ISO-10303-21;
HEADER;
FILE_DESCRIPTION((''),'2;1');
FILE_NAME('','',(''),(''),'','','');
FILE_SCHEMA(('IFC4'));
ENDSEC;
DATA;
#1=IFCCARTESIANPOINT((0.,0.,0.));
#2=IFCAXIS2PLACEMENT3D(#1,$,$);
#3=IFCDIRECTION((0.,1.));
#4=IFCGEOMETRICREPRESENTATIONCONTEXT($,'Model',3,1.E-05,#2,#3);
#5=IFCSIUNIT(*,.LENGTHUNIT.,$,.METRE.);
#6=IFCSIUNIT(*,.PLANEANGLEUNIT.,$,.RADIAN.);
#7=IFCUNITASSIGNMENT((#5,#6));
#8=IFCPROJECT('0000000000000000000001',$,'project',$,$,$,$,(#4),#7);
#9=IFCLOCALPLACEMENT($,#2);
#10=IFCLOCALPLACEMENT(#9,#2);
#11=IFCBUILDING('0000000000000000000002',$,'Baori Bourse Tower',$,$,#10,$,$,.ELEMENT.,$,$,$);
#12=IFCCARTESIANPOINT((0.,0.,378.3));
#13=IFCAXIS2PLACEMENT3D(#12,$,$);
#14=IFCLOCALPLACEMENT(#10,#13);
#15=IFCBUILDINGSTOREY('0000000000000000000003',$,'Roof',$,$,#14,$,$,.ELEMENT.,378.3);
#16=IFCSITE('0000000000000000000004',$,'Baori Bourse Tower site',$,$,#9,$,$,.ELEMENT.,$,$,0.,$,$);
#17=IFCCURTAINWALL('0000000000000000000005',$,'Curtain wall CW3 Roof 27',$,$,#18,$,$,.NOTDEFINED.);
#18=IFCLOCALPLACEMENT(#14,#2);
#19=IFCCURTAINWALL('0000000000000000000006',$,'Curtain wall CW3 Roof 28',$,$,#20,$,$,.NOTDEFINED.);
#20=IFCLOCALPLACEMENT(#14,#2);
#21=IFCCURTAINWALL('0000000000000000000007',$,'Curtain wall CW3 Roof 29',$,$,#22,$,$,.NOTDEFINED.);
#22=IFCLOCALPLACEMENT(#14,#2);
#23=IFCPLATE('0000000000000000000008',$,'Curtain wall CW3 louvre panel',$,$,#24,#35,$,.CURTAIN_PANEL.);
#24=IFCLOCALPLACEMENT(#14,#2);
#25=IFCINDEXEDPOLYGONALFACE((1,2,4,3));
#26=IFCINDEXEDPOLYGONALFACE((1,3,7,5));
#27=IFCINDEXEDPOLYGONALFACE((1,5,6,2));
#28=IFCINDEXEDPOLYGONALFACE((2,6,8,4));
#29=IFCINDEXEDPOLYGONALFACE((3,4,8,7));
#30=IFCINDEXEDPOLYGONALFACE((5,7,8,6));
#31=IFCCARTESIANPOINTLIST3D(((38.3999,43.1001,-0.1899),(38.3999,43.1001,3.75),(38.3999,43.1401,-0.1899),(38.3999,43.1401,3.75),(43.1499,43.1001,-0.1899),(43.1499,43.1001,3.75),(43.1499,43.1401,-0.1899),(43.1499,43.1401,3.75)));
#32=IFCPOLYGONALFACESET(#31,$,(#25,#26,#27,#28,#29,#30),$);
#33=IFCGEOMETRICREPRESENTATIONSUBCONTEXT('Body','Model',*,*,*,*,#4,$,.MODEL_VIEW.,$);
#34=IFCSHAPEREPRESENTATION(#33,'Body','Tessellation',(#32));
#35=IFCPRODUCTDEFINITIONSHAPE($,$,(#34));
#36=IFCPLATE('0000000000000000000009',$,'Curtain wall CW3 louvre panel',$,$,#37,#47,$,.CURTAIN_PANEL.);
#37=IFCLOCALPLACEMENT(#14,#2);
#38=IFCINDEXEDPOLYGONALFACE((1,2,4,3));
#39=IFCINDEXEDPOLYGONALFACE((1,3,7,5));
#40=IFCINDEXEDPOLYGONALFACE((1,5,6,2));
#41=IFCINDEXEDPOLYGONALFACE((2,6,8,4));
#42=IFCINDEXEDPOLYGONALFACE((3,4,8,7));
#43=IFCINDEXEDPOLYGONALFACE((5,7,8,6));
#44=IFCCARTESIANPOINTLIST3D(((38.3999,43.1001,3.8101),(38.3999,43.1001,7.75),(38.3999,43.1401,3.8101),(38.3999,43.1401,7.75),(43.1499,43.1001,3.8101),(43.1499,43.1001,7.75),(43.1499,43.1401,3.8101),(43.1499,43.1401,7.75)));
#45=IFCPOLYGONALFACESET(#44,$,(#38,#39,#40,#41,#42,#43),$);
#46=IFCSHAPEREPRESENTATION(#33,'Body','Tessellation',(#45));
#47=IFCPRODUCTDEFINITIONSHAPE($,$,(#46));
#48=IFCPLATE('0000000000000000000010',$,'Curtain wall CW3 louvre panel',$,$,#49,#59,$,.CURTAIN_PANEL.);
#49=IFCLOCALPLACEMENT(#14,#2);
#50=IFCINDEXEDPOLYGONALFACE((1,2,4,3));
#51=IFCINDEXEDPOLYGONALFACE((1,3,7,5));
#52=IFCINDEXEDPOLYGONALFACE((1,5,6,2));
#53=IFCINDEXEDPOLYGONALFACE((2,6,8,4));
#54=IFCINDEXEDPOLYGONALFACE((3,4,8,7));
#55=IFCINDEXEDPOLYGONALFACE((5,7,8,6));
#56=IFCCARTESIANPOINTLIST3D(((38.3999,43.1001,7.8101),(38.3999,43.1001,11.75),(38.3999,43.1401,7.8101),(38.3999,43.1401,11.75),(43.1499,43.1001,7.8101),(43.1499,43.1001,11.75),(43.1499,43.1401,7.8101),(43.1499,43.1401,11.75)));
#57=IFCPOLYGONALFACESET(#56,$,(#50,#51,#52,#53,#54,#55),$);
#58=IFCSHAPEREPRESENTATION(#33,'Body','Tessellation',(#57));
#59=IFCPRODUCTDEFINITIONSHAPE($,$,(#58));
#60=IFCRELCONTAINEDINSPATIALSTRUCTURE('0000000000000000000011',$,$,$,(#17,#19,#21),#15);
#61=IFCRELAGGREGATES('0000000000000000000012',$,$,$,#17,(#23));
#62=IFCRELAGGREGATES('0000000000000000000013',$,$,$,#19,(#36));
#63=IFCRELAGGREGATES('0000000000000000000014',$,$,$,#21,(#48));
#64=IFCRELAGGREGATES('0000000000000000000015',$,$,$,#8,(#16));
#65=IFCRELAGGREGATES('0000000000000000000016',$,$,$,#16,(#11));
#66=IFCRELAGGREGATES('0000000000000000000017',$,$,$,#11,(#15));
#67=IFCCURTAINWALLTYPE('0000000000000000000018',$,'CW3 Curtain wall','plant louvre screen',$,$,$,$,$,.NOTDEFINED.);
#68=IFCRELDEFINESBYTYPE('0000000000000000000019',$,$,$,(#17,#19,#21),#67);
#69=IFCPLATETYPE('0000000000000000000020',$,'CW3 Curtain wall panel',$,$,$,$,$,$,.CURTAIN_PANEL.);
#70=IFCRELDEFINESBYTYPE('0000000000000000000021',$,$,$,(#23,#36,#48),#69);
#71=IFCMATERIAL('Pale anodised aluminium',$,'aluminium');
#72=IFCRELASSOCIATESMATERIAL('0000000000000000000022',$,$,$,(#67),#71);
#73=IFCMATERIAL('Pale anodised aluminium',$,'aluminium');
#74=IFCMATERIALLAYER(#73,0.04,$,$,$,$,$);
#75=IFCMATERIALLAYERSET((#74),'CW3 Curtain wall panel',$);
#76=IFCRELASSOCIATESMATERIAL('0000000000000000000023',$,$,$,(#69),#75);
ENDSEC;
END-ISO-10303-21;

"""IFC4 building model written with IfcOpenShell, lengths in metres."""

from ifc_helpers import new_model, si_unit, direction, frame, origin, origin_2d, place, context, subcontext, project, spatial, rectangle, extrude, material, layer, layer_set, type_object, element, aggregate, save


model = new_model("IFC4")

# Units and contexts
model_context = context("Model", 3, precision=1e-05, world=origin(), true_north=direction((0.0, 1.0)))
body_context = subcontext(model_context, "Body", "Model", "MODEL_VIEW")
ifc_project = project(units=[si_unit("LENGTHUNIT", "METRE"), si_unit("PLANEANGLEUNIT", "RADIAN")], contexts=[model_context])

# Site, building, storey
site_placement = place(None, origin())
site = spatial("IfcSite", under=ifc_project, at=site_placement, Name="Baori Bourse Tower site", CompositionType="ELEMENT", RefElevation=0.0)
building_placement = place(site_placement, origin())
building = spatial("IfcBuilding", under=site, at=building_placement, Name="Baori Bourse Tower", CompositionType="ELEMENT")
storey_placement = place(building_placement, frame((0.0, 0.0, 378.3)))
storey = spatial("IfcBuildingStorey", under=building, at=storey_placement, Name="Roof", CompositionType="ELEMENT", Elevation=378.3)

# Curtain walls
ifc_material_1 = material(Name="Pale anodised aluminium", Category="aluminium")
curtain_wall_type = type_object("IfcCurtainWallType", Name="CW3 Curtain wall", Description="plant louvre screen", PredefinedType="NOTDEFINED", material=ifc_material_1)
curtain_wall_1_placement = place(storey_placement, origin())
curtain_wall_1 = element("IfcCurtainWall", 1, at=curtain_wall_1_placement, inside=storey, type_object=curtain_wall_type, Name="Curtain wall CW3 Roof 27", PredefinedType="NOTDEFINED")
curtain_wall_2_placement = place(storey_placement, origin())
curtain_wall_2 = element("IfcCurtainWall", 2, at=curtain_wall_2_placement, inside=storey, type_object=curtain_wall_type, Name="Curtain wall CW3 Roof 28", PredefinedType="NOTDEFINED")
curtain_wall_3_placement = place(storey_placement, origin())
curtain_wall_3 = element("IfcCurtainWall", 3, at=curtain_wall_3_placement, inside=storey, type_object=curtain_wall_type, Name="Curtain wall CW3 Roof 29", PredefinedType="NOTDEFINED")

# Shared definitions
ifc_material_2 = material(Name="Pale anodised aluminium", Category="aluminium")
ifc_layer = layer(ifc_material_2, 0.04)
ifc_layer_set = layer_set([ifc_layer], Name="CW3 Curtain wall panel")
plate_type = type_object("IfcPlateType", Name="CW3 Curtain wall panel", PredefinedType="CURTAIN_PANEL", material=ifc_layer_set)

# Plates
plate_1_placement = place(storey_placement, frame((40.7749, 43.1201, -0.1899), z_axis=(0.0, 0.0, 1.0), x_axis=(-1.0, 0.0, 0.0)))
plate_1 = element("IfcPlate", 4, at=plate_1_placement, type_object=plate_type, Name="Curtain wall CW3 louvre panel", PredefinedType="CURTAIN_PANEL", context=body_context, shape_type="SweptSolid", body=[
    extrude(rectangle(XDim=4.75, YDim=0.04, at=origin_2d()), origin(), (0.0, 0.0, 1.0), 3.9399),
])
aggregate(curtain_wall_1, [plate_1])
plate_2_placement = place(storey_placement, frame((40.7749, 43.1201, 3.8101), z_axis=(0.0, 0.0, 1.0), x_axis=(-1.0, 0.0, 0.0)))
plate_2 = element("IfcPlate", 5, at=plate_2_placement, type_object=plate_type, Name="Curtain wall CW3 louvre panel", PredefinedType="CURTAIN_PANEL", context=body_context, shape_type="SweptSolid", body=[
    extrude(rectangle(XDim=4.75, YDim=0.04, at=origin_2d()), origin(), (0.0, 0.0, 1.0), 3.9399),
])
aggregate(curtain_wall_2, [plate_2])
plate_3_placement = place(storey_placement, frame((40.7749, 43.1201, 7.8101), z_axis=(0.0, 0.0, 1.0), x_axis=(-1.0, 0.0, 0.0)))
plate_3 = element("IfcPlate", 6, at=plate_3_placement, type_object=plate_type, Name="Curtain wall CW3 louvre panel", PredefinedType="CURTAIN_PANEL", context=body_context, shape_type="SweptSolid", body=[
    extrude(rectangle(XDim=4.75, YDim=0.04, at=origin_2d()), origin(), (0.0, 0.0, 1.0), 3.9399),
])
aggregate(curtain_wall_3, [plate_3])

save(model, "model.ifc")
